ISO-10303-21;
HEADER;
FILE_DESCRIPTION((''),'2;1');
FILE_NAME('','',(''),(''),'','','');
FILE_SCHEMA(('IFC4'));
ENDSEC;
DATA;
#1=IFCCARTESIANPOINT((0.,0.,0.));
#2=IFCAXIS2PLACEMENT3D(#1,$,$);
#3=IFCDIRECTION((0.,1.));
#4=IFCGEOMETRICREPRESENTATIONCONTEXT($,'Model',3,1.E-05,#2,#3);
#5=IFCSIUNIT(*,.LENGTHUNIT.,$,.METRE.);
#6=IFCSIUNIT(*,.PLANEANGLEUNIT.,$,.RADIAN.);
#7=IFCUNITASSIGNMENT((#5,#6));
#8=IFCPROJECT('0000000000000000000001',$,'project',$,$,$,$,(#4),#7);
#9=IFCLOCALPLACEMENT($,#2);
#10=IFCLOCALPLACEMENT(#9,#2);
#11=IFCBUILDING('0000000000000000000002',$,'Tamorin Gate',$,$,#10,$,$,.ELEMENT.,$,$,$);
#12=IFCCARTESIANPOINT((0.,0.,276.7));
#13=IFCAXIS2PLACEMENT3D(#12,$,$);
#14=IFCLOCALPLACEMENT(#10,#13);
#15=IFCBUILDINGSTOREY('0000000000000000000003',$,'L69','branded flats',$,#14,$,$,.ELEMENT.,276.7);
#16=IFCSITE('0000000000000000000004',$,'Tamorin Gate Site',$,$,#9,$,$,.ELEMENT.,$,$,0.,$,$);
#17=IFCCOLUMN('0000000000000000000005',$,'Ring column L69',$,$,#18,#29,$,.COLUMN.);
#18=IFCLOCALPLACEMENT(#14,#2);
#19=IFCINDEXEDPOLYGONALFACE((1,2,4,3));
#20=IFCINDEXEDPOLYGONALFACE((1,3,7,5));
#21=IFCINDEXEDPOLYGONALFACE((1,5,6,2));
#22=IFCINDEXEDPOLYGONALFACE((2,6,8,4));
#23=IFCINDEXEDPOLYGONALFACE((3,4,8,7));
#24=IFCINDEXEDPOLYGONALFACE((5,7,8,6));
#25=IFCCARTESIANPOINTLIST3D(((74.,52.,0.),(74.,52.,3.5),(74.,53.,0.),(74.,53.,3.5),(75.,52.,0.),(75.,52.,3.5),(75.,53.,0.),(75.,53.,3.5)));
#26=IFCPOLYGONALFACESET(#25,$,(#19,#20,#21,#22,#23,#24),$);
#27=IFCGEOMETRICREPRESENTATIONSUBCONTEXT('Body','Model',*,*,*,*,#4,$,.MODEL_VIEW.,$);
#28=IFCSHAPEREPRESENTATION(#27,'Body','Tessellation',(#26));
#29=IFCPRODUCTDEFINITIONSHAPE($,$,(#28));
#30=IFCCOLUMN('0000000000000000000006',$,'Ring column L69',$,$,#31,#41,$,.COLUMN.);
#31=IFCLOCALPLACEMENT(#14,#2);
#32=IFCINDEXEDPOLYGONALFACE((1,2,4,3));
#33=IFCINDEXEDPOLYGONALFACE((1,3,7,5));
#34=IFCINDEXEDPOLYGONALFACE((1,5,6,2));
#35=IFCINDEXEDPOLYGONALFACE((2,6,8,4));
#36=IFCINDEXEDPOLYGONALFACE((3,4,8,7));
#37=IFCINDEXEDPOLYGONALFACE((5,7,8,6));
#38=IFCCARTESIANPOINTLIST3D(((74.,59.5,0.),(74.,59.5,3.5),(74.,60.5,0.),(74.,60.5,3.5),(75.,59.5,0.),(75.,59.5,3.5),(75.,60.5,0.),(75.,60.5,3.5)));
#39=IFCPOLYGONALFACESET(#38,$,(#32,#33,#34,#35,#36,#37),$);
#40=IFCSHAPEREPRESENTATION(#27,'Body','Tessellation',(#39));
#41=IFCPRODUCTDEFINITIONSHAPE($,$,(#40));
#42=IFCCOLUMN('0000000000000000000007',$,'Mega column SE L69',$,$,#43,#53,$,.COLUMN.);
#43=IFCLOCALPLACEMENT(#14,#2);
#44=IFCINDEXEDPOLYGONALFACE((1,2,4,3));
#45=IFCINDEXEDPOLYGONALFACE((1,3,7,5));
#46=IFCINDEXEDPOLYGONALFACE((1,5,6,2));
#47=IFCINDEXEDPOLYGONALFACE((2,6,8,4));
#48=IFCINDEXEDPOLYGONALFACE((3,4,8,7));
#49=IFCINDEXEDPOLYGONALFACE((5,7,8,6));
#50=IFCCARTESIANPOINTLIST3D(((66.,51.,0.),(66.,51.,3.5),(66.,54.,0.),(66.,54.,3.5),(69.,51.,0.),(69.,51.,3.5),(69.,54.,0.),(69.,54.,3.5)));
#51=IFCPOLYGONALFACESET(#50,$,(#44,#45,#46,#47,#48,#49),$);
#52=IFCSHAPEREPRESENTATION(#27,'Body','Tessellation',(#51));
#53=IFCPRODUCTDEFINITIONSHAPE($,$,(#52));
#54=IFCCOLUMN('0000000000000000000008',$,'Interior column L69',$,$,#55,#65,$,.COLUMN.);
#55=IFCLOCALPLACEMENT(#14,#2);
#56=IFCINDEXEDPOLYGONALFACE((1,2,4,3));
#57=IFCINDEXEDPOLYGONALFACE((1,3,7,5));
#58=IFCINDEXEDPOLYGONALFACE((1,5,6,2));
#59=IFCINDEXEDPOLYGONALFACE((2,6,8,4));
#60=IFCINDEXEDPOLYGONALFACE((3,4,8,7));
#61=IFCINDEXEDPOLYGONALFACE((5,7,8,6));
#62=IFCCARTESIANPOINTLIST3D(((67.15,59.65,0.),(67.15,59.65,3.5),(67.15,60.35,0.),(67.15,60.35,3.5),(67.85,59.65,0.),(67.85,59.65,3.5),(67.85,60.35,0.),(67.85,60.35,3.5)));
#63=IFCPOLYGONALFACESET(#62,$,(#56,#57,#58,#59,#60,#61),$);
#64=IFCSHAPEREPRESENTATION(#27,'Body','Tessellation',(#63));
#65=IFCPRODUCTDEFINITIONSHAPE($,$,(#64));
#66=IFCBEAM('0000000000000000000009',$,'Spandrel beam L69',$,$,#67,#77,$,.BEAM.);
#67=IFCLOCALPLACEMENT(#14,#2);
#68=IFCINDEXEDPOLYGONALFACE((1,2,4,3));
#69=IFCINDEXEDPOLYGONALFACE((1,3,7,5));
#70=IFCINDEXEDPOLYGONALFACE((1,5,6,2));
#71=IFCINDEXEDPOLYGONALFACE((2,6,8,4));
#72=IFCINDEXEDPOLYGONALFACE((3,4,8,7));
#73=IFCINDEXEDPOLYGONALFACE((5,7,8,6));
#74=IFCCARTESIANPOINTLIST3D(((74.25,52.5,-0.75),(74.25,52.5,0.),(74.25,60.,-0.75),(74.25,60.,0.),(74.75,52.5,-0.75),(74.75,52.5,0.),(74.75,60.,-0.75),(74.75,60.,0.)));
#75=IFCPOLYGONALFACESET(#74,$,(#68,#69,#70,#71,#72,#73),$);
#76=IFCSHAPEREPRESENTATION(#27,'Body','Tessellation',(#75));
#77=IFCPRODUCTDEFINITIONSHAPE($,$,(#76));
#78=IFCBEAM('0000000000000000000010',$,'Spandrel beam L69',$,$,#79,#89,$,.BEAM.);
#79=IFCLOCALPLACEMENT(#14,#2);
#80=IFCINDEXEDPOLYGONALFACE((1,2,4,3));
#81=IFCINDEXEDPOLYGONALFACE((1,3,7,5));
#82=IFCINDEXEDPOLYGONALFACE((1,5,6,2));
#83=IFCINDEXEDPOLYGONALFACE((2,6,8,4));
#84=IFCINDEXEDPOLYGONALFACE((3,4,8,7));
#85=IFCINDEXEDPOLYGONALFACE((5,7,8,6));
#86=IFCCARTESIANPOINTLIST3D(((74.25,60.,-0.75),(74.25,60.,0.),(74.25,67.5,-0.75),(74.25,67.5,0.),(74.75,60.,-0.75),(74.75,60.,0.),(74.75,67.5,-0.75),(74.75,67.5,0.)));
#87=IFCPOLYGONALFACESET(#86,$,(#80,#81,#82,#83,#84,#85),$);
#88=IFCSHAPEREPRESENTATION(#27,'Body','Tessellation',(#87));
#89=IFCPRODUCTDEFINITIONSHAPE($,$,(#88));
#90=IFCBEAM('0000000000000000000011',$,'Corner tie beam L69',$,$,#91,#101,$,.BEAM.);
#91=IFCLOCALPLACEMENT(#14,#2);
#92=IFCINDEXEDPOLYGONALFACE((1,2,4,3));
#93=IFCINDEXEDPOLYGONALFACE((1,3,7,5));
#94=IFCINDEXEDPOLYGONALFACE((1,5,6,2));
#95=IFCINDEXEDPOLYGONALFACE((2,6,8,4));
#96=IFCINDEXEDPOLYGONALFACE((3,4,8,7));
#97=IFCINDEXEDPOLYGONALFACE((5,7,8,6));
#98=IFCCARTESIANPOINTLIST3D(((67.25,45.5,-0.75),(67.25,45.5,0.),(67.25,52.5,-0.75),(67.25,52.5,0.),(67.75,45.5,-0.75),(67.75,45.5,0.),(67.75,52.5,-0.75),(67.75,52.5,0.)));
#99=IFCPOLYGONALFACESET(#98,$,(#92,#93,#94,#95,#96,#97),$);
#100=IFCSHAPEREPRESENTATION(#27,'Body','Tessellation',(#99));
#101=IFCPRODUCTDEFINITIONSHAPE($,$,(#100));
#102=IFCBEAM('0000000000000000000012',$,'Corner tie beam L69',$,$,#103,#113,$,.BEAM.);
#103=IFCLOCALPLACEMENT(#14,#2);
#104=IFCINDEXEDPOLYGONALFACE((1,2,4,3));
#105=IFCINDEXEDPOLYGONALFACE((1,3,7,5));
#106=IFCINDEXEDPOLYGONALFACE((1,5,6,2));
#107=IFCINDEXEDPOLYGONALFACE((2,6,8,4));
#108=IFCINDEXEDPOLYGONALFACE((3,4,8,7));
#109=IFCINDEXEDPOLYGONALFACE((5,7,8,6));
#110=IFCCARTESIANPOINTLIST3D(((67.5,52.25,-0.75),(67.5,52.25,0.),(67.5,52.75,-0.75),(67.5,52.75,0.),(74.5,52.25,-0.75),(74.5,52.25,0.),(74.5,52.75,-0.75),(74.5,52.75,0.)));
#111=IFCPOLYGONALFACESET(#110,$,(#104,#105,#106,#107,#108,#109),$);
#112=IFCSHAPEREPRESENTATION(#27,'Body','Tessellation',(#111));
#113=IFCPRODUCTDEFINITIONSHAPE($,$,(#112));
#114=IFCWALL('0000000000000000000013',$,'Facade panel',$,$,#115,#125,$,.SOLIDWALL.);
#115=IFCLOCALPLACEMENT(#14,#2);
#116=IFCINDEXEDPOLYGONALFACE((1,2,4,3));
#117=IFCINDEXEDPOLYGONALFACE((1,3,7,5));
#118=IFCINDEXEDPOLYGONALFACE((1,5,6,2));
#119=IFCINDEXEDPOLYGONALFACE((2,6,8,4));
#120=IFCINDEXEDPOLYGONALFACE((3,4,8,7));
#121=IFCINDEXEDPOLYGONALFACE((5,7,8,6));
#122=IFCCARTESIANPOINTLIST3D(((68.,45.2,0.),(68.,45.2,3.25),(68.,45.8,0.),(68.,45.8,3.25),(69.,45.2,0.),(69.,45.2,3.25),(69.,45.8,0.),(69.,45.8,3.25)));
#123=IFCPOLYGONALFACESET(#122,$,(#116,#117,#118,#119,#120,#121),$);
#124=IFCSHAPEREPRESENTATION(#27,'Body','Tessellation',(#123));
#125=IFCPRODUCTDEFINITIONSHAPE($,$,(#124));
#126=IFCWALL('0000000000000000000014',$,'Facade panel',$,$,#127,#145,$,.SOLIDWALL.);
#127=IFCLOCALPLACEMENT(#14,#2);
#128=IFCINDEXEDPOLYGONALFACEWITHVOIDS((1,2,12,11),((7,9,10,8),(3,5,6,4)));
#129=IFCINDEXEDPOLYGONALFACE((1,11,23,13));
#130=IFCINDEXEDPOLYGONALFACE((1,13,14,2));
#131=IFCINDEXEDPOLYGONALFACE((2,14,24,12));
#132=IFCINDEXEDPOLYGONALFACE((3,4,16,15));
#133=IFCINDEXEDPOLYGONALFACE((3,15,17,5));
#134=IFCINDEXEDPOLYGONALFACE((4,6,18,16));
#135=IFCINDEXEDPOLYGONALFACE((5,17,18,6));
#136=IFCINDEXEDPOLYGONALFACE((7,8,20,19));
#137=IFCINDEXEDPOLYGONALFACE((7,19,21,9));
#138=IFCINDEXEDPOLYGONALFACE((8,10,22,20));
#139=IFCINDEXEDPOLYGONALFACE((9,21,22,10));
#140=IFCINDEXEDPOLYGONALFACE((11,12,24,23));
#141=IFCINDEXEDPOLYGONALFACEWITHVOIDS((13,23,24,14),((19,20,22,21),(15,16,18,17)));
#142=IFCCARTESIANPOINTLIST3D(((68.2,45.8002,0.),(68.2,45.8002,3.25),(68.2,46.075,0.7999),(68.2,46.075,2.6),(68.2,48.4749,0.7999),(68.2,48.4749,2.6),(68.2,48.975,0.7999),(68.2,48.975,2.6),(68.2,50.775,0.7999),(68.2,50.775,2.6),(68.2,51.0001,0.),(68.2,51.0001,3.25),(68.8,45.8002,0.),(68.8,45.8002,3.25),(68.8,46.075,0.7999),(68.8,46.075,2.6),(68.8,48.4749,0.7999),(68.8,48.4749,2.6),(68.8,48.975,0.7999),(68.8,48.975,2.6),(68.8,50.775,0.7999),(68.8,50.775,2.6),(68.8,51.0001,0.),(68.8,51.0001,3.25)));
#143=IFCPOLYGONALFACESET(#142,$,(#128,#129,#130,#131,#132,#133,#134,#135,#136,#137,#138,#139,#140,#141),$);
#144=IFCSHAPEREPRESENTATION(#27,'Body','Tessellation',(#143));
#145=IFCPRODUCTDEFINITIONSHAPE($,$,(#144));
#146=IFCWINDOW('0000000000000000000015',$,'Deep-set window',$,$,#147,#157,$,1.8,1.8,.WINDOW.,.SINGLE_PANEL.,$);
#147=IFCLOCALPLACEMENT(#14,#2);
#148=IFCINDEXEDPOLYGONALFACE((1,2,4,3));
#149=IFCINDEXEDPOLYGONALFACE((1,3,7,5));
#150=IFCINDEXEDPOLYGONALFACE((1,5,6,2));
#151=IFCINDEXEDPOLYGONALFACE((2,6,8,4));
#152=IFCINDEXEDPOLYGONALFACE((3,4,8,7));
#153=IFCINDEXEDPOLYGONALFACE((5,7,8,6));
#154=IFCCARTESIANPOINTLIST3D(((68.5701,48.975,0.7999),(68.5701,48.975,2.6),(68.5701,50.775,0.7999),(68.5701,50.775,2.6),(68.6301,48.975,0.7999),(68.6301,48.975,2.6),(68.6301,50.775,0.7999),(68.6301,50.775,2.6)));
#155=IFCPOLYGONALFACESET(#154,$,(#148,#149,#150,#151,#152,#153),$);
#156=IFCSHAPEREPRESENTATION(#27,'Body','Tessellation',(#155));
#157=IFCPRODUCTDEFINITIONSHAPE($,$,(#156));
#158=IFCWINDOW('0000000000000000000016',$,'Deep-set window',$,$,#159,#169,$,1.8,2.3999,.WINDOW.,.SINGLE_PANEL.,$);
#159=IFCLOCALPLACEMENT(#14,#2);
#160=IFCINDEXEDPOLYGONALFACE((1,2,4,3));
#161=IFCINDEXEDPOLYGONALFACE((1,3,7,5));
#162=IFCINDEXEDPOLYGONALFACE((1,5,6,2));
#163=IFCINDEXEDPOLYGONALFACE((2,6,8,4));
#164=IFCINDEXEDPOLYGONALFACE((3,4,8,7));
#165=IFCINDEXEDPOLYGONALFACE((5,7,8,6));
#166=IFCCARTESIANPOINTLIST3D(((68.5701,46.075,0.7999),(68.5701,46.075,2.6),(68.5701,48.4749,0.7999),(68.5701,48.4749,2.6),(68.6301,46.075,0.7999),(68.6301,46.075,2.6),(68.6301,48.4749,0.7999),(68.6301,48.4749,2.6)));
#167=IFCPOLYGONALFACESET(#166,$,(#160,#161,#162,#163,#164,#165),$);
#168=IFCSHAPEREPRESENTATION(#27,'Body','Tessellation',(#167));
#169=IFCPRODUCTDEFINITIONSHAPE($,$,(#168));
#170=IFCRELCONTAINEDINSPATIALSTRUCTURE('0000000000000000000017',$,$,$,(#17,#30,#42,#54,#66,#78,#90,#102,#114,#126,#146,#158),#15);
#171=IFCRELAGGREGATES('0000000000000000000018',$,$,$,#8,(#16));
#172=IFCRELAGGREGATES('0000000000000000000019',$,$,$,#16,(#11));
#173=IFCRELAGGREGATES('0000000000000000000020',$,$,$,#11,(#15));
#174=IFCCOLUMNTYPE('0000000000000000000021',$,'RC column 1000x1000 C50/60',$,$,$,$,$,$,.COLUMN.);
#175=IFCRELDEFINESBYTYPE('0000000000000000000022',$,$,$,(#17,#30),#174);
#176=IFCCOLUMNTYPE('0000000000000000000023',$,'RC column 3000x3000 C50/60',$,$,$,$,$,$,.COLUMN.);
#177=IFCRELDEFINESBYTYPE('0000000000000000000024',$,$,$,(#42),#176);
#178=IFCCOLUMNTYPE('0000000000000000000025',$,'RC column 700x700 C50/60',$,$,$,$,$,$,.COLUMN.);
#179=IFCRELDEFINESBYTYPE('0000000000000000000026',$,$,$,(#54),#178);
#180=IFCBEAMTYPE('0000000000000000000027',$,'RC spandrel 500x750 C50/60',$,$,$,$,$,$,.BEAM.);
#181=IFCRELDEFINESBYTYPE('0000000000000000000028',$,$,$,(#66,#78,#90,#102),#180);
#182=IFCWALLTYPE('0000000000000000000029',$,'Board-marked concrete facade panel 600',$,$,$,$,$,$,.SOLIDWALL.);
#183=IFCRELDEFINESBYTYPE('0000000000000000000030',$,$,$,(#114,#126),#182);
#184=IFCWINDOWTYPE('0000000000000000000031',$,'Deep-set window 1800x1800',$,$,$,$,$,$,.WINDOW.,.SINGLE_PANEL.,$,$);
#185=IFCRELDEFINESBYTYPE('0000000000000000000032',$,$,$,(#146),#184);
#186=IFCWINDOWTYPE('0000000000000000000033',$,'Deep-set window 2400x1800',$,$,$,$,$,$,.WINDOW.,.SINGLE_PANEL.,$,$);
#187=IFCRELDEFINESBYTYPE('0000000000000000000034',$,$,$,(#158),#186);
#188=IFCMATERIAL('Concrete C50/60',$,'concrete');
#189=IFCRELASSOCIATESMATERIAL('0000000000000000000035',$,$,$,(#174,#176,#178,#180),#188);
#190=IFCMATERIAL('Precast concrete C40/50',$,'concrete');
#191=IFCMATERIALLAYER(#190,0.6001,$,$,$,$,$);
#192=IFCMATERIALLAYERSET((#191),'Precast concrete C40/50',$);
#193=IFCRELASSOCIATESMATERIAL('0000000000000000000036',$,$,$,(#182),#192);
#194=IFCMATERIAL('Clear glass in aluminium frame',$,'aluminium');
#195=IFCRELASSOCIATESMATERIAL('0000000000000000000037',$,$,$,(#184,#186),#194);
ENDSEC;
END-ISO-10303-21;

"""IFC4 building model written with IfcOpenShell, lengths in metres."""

from ifc_helpers import new_model, si_unit, direction, frame, frame_2d, origin, origin_2d, place, context, subcontext, project, spatial, rectangle, extrude, material, layer, layer_set, material_profile, profile_set, type_object, element, fill, save


model = new_model("IFC4")

# Units and contexts
model_context = context("Model", 3, precision=1e-05, world=origin(), true_north=direction((0.0, 1.0)))
body_context = subcontext(model_context, "Body", "Model", "MODEL_VIEW")
ifc_project = project(units=[si_unit("LENGTHUNIT", "METRE"), si_unit("PLANEANGLEUNIT", "RADIAN")], contexts=[model_context])

# Site, building, storey
site_placement = place(None, origin())
site = spatial("IfcSite", under=ifc_project, at=site_placement, Name="Tamorin Gate Site", CompositionType="ELEMENT", RefElevation=0.0)
building_placement = place(site_placement, origin())
building = spatial("IfcBuilding", under=site, at=building_placement, Name="Tamorin Gate", CompositionType="ELEMENT")
storey_placement = place(building_placement, frame((0.0, 0.0, 276.7)))
storey = spatial("IfcBuildingStorey", under=building, at=storey_placement, Name="L69", Description="branded flats", CompositionType="ELEMENT", Elevation=276.7)

# Columns
ifc_material_1 = material(Name="Concrete C50/60", Category="concrete")
ifc_material_profile_1 = material_profile(ifc_material_1, rectangle(XDim=1.0, YDim=1.0, at=origin_2d()), Name="RC 1000x1000")
ifc_profile_set_1 = profile_set([ifc_material_profile_1], Name="Concrete C50/60")
column_type_1 = type_object("IfcColumnType", Name="RC column 1000x1000 C50/60", PredefinedType="COLUMN", material=ifc_profile_set_1)
for number, where, z_axis, x_axis, name in (
    (1, (74.5, 52.5, 0.0), (0.0, 0.0, 1.0), (1.0, 0.0, 0.0), "Ring column L69"),
    (2, (74.5, 60.0, 0.0), (0.0, 0.0, 1.0), (1.0, 0.0, 0.0), "Ring column L69"),
):
    element("IfcColumn", number, at=place(storey_placement, frame(where, z_axis=z_axis, x_axis=x_axis)), inside=storey, type_object=column_type_1, Name=name, PredefinedType="COLUMN", context=body_context, shape_type="SweptSolid", body=[
        extrude(rectangle(XDim=1.0, YDim=1.0, at=origin_2d()), origin(), (0.0, 0.0, 1.0), 3.5),
    ])
ifc_material_profile_2 = material_profile(ifc_material_1, rectangle(XDim=3.0, YDim=3.0, at=origin_2d()), Name="RC 3000x3000")
ifc_profile_set_2 = profile_set([ifc_material_profile_2], Name="Concrete C50/60")
column_type_2 = type_object("IfcColumnType", Name="RC column 3000x3000 C50/60", PredefinedType="COLUMN", material=ifc_profile_set_2)
column_1_placement = place(storey_placement, frame((67.5, 52.5, 0.0), z_axis=(0.0, 0.0, 1.0), x_axis=(1.0, 0.0, 0.0)))
element("IfcColumn", 3, at=column_1_placement, inside=storey, type_object=column_type_2, Name="Mega column SE L69", PredefinedType="COLUMN", context=body_context, shape_type="SweptSolid", body=[
    extrude(rectangle(XDim=3.0, YDim=3.0, at=origin_2d()), origin(), (0.0, 0.0, 1.0), 3.5),
])
ifc_material_profile_3 = material_profile(ifc_material_1, rectangle(XDim=0.7, YDim=0.7, at=origin_2d()), Name="RC 700x700")
ifc_profile_set_3 = profile_set([ifc_material_profile_3], Name="Concrete C50/60")
column_type_3 = type_object("IfcColumnType", Name="RC column 700x700 C50/60", PredefinedType="COLUMN", material=ifc_profile_set_3)
column_2_placement = place(storey_placement, frame((67.5, 60.0, 0.0), z_axis=(0.0, 0.0, 1.0), x_axis=(1.0, 0.0, 0.0)))
element("IfcColumn", 4, at=column_2_placement, inside=storey, type_object=column_type_3, Name="Interior column L69", PredefinedType="COLUMN", context=body_context, shape_type="SweptSolid", body=[
    extrude(rectangle(XDim=0.7, YDim=0.7, at=origin_2d()), origin(), (0.0, 0.0, 1.0), 3.5),
])

# Beams
ifc_material_profile_4 = material_profile(ifc_material_1, rectangle(XDim=0.5, YDim=0.75, at=origin_2d()), Name="RC 500x750")
ifc_profile_set_4 = profile_set([ifc_material_profile_4], Name="Concrete C50/60")
beam_type = type_object("IfcBeamType", Name="RC spandrel 500x750 C50/60", PredefinedType="BEAM", material=ifc_profile_set_4)
for number, where, z_axis, x_axis, name in (
    (5, (74.5, 52.5, -0.375), (0.0, 1.0, 0.0), (-1.0, 0.0, 0.0), "Spandrel beam L69"),
    (6, (74.5, 60.0, -0.375), (0.0, 1.0, 0.0), (-1.0, 0.0, 0.0), "Spandrel beam L69"),
):
    element("IfcBeam", number, at=place(storey_placement, frame(where, z_axis=z_axis, x_axis=x_axis)), inside=storey, type_object=beam_type, Name=name, PredefinedType="BEAM", context=body_context, shape_type="SweptSolid", body=[
        extrude(rectangle(XDim=0.5, YDim=0.75, at=origin_2d()), origin(), (0.0, 0.0, 1.0), 7.5),
    ])
for number, where, z_axis, x_axis, name in (
    (7, (67.5, 52.5, -0.375), (0.0, -1.0, 0.0), (1.0, 0.0, 0.0), "Corner tie beam L69"),
    (8, (67.5, 52.5, -0.375), (1.0, 0.0, 0.0), (0.0, 1.0, 0.0), "Corner tie beam L69"),
):
    element("IfcBeam", number, at=place(storey_placement, frame(where, z_axis=z_axis, x_axis=x_axis)), inside=storey, type_object=beam_type, Name=name, PredefinedType="BEAM", context=body_context, shape_type="SweptSolid", body=[
        extrude(rectangle(XDim=0.5, YDim=0.75, at=origin_2d()), origin(), (0.0, 0.0, 1.0), 7.0),
    ])

# Wall
ifc_material_2 = material(Name="Precast concrete C40/50", Category="concrete")
ifc_layer = layer(ifc_material_2, 0.6001)
ifc_layer_set = layer_set([ifc_layer], Name="Precast concrete C40/50")
wall_type = type_object("IfcWallType", Name="Board-marked concrete facade panel 600", PredefinedType="SOLIDWALL", material=ifc_layer_set)
wall_1_placement = place(storey_placement, frame((68.0, 45.5, 0.0), z_axis=(0.0, 0.0, 1.0), x_axis=(1.0, 0.0, 0.0)))
element("IfcWall", 9, at=wall_1_placement, inside=storey, type_object=wall_type, Name="Facade panel", PredefinedType="SOLIDWALL", context=body_context, shape_type="SweptSolid", body=[
    extrude(rectangle(XDim=1.0, YDim=0.6001, at=frame_2d((0.5, 0.0))), origin(), (0.0, 0.0, 1.0), 3.25),
])

# Wall, openings, windows
wall_2_placement = place(storey_placement, frame((68.5, 45.8, 0.0), z_axis=(0.0, 0.0, 1.0), x_axis=(0.0, 1.0, 0.0)))
wall_2 = element("IfcWall", 10, at=wall_2_placement, inside=storey, type_object=wall_type, Name="Facade panel", PredefinedType="SOLIDWALL", context=body_context, shape_type="SweptSolid", body=[
    extrude(rectangle(XDim=5.2, YDim=0.6001, at=frame_2d((2.6001, 0.0))), origin(), (0.0, 0.0, 1.0), 3.25),
])
opening_1_placement = place(wall_2_placement, frame((0.2749, 0.0, 0.8)))
opening_1 = element("IfcOpeningElement", 11, at=opening_1_placement, cuts=wall_2, PredefinedType="OPENING", context=body_context, shape_type="SweptSolid", body=[
    extrude(rectangle(XDim=2.3999, YDim=1.8, at=frame_2d((1.2, 0.8999))), frame((0.0, 0.3101, 0.0), z_axis=(0.0, -1.0, 0.0), x_axis=(1.0, 0.0, 0.0)), (0.0, 0.0, 1.0), 0.6201),
])
opening_2_placement = place(wall_2_placement, frame((3.175, 0.0, 0.8)))
opening_2 = element("IfcOpeningElement", 12, at=opening_2_placement, cuts=wall_2, PredefinedType="OPENING", context=body_context, shape_type="SweptSolid", body=[
    extrude(rectangle(XDim=1.8, YDim=1.8, at=frame_2d((0.8999, 0.8999))), frame((0.0, 0.3101, 0.0), z_axis=(0.0, -1.0, 0.0), x_axis=(1.0, 0.0, 0.0)), (0.0, 0.0, 1.0), 0.6201),
])
ifc_material_3 = material(Name="Clear glass in aluminium frame", Category="aluminium")
window_type_1 = type_object("IfcWindowType", Name="Deep-set window 1800x1800", PartitioningType="SINGLE_PANEL", PredefinedType="WINDOW", material=ifc_material_3)
window_1_placement = place(opening_2_placement, origin())
window_1 = element("IfcWindow", 13, at=window_1_placement, inside=storey, type_object=window_type_1, Name="Deep-set window", OverallHeight=1.8, OverallWidth=1.8, PartitioningType="SINGLE_PANEL", PredefinedType="WINDOW", context=body_context, shape_type="SweptSolid", body=[
    extrude(rectangle(XDim=1.8, YDim=1.8, at=frame_2d((0.8999, 0.8999))), frame((0.0, -0.0701, 0.0), z_axis=(0.0, -1.0, 0.0), x_axis=(1.0, 0.0, 0.0)), (0.0, 0.0, 1.0), 0.0601),
])
fill(opening_2, window_1)
window_type_2 = type_object("IfcWindowType", Name="Deep-set window 2400x1800", PartitioningType="SINGLE_PANEL", PredefinedType="WINDOW", material=ifc_material_3)
window_2_placement = place(opening_1_placement, origin())
window_2 = element("IfcWindow", 14, at=window_2_placement, inside=storey, type_object=window_type_2, Name="Deep-set window", OverallHeight=1.8, OverallWidth=2.3999, PartitioningType="SINGLE_PANEL", PredefinedType="WINDOW", context=body_context, shape_type="SweptSolid", body=[
    extrude(rectangle(XDim=2.3999, YDim=1.8, at=frame_2d((1.2, 0.8999))), frame((0.0, -0.0701, 0.0), z_axis=(0.0, -1.0, 0.0), x_axis=(1.0, 0.0, 0.0)), (0.0, 0.0, 1.0), 0.0601),
])
fill(opening_1, window_2)

save(model, "model.ifc")
